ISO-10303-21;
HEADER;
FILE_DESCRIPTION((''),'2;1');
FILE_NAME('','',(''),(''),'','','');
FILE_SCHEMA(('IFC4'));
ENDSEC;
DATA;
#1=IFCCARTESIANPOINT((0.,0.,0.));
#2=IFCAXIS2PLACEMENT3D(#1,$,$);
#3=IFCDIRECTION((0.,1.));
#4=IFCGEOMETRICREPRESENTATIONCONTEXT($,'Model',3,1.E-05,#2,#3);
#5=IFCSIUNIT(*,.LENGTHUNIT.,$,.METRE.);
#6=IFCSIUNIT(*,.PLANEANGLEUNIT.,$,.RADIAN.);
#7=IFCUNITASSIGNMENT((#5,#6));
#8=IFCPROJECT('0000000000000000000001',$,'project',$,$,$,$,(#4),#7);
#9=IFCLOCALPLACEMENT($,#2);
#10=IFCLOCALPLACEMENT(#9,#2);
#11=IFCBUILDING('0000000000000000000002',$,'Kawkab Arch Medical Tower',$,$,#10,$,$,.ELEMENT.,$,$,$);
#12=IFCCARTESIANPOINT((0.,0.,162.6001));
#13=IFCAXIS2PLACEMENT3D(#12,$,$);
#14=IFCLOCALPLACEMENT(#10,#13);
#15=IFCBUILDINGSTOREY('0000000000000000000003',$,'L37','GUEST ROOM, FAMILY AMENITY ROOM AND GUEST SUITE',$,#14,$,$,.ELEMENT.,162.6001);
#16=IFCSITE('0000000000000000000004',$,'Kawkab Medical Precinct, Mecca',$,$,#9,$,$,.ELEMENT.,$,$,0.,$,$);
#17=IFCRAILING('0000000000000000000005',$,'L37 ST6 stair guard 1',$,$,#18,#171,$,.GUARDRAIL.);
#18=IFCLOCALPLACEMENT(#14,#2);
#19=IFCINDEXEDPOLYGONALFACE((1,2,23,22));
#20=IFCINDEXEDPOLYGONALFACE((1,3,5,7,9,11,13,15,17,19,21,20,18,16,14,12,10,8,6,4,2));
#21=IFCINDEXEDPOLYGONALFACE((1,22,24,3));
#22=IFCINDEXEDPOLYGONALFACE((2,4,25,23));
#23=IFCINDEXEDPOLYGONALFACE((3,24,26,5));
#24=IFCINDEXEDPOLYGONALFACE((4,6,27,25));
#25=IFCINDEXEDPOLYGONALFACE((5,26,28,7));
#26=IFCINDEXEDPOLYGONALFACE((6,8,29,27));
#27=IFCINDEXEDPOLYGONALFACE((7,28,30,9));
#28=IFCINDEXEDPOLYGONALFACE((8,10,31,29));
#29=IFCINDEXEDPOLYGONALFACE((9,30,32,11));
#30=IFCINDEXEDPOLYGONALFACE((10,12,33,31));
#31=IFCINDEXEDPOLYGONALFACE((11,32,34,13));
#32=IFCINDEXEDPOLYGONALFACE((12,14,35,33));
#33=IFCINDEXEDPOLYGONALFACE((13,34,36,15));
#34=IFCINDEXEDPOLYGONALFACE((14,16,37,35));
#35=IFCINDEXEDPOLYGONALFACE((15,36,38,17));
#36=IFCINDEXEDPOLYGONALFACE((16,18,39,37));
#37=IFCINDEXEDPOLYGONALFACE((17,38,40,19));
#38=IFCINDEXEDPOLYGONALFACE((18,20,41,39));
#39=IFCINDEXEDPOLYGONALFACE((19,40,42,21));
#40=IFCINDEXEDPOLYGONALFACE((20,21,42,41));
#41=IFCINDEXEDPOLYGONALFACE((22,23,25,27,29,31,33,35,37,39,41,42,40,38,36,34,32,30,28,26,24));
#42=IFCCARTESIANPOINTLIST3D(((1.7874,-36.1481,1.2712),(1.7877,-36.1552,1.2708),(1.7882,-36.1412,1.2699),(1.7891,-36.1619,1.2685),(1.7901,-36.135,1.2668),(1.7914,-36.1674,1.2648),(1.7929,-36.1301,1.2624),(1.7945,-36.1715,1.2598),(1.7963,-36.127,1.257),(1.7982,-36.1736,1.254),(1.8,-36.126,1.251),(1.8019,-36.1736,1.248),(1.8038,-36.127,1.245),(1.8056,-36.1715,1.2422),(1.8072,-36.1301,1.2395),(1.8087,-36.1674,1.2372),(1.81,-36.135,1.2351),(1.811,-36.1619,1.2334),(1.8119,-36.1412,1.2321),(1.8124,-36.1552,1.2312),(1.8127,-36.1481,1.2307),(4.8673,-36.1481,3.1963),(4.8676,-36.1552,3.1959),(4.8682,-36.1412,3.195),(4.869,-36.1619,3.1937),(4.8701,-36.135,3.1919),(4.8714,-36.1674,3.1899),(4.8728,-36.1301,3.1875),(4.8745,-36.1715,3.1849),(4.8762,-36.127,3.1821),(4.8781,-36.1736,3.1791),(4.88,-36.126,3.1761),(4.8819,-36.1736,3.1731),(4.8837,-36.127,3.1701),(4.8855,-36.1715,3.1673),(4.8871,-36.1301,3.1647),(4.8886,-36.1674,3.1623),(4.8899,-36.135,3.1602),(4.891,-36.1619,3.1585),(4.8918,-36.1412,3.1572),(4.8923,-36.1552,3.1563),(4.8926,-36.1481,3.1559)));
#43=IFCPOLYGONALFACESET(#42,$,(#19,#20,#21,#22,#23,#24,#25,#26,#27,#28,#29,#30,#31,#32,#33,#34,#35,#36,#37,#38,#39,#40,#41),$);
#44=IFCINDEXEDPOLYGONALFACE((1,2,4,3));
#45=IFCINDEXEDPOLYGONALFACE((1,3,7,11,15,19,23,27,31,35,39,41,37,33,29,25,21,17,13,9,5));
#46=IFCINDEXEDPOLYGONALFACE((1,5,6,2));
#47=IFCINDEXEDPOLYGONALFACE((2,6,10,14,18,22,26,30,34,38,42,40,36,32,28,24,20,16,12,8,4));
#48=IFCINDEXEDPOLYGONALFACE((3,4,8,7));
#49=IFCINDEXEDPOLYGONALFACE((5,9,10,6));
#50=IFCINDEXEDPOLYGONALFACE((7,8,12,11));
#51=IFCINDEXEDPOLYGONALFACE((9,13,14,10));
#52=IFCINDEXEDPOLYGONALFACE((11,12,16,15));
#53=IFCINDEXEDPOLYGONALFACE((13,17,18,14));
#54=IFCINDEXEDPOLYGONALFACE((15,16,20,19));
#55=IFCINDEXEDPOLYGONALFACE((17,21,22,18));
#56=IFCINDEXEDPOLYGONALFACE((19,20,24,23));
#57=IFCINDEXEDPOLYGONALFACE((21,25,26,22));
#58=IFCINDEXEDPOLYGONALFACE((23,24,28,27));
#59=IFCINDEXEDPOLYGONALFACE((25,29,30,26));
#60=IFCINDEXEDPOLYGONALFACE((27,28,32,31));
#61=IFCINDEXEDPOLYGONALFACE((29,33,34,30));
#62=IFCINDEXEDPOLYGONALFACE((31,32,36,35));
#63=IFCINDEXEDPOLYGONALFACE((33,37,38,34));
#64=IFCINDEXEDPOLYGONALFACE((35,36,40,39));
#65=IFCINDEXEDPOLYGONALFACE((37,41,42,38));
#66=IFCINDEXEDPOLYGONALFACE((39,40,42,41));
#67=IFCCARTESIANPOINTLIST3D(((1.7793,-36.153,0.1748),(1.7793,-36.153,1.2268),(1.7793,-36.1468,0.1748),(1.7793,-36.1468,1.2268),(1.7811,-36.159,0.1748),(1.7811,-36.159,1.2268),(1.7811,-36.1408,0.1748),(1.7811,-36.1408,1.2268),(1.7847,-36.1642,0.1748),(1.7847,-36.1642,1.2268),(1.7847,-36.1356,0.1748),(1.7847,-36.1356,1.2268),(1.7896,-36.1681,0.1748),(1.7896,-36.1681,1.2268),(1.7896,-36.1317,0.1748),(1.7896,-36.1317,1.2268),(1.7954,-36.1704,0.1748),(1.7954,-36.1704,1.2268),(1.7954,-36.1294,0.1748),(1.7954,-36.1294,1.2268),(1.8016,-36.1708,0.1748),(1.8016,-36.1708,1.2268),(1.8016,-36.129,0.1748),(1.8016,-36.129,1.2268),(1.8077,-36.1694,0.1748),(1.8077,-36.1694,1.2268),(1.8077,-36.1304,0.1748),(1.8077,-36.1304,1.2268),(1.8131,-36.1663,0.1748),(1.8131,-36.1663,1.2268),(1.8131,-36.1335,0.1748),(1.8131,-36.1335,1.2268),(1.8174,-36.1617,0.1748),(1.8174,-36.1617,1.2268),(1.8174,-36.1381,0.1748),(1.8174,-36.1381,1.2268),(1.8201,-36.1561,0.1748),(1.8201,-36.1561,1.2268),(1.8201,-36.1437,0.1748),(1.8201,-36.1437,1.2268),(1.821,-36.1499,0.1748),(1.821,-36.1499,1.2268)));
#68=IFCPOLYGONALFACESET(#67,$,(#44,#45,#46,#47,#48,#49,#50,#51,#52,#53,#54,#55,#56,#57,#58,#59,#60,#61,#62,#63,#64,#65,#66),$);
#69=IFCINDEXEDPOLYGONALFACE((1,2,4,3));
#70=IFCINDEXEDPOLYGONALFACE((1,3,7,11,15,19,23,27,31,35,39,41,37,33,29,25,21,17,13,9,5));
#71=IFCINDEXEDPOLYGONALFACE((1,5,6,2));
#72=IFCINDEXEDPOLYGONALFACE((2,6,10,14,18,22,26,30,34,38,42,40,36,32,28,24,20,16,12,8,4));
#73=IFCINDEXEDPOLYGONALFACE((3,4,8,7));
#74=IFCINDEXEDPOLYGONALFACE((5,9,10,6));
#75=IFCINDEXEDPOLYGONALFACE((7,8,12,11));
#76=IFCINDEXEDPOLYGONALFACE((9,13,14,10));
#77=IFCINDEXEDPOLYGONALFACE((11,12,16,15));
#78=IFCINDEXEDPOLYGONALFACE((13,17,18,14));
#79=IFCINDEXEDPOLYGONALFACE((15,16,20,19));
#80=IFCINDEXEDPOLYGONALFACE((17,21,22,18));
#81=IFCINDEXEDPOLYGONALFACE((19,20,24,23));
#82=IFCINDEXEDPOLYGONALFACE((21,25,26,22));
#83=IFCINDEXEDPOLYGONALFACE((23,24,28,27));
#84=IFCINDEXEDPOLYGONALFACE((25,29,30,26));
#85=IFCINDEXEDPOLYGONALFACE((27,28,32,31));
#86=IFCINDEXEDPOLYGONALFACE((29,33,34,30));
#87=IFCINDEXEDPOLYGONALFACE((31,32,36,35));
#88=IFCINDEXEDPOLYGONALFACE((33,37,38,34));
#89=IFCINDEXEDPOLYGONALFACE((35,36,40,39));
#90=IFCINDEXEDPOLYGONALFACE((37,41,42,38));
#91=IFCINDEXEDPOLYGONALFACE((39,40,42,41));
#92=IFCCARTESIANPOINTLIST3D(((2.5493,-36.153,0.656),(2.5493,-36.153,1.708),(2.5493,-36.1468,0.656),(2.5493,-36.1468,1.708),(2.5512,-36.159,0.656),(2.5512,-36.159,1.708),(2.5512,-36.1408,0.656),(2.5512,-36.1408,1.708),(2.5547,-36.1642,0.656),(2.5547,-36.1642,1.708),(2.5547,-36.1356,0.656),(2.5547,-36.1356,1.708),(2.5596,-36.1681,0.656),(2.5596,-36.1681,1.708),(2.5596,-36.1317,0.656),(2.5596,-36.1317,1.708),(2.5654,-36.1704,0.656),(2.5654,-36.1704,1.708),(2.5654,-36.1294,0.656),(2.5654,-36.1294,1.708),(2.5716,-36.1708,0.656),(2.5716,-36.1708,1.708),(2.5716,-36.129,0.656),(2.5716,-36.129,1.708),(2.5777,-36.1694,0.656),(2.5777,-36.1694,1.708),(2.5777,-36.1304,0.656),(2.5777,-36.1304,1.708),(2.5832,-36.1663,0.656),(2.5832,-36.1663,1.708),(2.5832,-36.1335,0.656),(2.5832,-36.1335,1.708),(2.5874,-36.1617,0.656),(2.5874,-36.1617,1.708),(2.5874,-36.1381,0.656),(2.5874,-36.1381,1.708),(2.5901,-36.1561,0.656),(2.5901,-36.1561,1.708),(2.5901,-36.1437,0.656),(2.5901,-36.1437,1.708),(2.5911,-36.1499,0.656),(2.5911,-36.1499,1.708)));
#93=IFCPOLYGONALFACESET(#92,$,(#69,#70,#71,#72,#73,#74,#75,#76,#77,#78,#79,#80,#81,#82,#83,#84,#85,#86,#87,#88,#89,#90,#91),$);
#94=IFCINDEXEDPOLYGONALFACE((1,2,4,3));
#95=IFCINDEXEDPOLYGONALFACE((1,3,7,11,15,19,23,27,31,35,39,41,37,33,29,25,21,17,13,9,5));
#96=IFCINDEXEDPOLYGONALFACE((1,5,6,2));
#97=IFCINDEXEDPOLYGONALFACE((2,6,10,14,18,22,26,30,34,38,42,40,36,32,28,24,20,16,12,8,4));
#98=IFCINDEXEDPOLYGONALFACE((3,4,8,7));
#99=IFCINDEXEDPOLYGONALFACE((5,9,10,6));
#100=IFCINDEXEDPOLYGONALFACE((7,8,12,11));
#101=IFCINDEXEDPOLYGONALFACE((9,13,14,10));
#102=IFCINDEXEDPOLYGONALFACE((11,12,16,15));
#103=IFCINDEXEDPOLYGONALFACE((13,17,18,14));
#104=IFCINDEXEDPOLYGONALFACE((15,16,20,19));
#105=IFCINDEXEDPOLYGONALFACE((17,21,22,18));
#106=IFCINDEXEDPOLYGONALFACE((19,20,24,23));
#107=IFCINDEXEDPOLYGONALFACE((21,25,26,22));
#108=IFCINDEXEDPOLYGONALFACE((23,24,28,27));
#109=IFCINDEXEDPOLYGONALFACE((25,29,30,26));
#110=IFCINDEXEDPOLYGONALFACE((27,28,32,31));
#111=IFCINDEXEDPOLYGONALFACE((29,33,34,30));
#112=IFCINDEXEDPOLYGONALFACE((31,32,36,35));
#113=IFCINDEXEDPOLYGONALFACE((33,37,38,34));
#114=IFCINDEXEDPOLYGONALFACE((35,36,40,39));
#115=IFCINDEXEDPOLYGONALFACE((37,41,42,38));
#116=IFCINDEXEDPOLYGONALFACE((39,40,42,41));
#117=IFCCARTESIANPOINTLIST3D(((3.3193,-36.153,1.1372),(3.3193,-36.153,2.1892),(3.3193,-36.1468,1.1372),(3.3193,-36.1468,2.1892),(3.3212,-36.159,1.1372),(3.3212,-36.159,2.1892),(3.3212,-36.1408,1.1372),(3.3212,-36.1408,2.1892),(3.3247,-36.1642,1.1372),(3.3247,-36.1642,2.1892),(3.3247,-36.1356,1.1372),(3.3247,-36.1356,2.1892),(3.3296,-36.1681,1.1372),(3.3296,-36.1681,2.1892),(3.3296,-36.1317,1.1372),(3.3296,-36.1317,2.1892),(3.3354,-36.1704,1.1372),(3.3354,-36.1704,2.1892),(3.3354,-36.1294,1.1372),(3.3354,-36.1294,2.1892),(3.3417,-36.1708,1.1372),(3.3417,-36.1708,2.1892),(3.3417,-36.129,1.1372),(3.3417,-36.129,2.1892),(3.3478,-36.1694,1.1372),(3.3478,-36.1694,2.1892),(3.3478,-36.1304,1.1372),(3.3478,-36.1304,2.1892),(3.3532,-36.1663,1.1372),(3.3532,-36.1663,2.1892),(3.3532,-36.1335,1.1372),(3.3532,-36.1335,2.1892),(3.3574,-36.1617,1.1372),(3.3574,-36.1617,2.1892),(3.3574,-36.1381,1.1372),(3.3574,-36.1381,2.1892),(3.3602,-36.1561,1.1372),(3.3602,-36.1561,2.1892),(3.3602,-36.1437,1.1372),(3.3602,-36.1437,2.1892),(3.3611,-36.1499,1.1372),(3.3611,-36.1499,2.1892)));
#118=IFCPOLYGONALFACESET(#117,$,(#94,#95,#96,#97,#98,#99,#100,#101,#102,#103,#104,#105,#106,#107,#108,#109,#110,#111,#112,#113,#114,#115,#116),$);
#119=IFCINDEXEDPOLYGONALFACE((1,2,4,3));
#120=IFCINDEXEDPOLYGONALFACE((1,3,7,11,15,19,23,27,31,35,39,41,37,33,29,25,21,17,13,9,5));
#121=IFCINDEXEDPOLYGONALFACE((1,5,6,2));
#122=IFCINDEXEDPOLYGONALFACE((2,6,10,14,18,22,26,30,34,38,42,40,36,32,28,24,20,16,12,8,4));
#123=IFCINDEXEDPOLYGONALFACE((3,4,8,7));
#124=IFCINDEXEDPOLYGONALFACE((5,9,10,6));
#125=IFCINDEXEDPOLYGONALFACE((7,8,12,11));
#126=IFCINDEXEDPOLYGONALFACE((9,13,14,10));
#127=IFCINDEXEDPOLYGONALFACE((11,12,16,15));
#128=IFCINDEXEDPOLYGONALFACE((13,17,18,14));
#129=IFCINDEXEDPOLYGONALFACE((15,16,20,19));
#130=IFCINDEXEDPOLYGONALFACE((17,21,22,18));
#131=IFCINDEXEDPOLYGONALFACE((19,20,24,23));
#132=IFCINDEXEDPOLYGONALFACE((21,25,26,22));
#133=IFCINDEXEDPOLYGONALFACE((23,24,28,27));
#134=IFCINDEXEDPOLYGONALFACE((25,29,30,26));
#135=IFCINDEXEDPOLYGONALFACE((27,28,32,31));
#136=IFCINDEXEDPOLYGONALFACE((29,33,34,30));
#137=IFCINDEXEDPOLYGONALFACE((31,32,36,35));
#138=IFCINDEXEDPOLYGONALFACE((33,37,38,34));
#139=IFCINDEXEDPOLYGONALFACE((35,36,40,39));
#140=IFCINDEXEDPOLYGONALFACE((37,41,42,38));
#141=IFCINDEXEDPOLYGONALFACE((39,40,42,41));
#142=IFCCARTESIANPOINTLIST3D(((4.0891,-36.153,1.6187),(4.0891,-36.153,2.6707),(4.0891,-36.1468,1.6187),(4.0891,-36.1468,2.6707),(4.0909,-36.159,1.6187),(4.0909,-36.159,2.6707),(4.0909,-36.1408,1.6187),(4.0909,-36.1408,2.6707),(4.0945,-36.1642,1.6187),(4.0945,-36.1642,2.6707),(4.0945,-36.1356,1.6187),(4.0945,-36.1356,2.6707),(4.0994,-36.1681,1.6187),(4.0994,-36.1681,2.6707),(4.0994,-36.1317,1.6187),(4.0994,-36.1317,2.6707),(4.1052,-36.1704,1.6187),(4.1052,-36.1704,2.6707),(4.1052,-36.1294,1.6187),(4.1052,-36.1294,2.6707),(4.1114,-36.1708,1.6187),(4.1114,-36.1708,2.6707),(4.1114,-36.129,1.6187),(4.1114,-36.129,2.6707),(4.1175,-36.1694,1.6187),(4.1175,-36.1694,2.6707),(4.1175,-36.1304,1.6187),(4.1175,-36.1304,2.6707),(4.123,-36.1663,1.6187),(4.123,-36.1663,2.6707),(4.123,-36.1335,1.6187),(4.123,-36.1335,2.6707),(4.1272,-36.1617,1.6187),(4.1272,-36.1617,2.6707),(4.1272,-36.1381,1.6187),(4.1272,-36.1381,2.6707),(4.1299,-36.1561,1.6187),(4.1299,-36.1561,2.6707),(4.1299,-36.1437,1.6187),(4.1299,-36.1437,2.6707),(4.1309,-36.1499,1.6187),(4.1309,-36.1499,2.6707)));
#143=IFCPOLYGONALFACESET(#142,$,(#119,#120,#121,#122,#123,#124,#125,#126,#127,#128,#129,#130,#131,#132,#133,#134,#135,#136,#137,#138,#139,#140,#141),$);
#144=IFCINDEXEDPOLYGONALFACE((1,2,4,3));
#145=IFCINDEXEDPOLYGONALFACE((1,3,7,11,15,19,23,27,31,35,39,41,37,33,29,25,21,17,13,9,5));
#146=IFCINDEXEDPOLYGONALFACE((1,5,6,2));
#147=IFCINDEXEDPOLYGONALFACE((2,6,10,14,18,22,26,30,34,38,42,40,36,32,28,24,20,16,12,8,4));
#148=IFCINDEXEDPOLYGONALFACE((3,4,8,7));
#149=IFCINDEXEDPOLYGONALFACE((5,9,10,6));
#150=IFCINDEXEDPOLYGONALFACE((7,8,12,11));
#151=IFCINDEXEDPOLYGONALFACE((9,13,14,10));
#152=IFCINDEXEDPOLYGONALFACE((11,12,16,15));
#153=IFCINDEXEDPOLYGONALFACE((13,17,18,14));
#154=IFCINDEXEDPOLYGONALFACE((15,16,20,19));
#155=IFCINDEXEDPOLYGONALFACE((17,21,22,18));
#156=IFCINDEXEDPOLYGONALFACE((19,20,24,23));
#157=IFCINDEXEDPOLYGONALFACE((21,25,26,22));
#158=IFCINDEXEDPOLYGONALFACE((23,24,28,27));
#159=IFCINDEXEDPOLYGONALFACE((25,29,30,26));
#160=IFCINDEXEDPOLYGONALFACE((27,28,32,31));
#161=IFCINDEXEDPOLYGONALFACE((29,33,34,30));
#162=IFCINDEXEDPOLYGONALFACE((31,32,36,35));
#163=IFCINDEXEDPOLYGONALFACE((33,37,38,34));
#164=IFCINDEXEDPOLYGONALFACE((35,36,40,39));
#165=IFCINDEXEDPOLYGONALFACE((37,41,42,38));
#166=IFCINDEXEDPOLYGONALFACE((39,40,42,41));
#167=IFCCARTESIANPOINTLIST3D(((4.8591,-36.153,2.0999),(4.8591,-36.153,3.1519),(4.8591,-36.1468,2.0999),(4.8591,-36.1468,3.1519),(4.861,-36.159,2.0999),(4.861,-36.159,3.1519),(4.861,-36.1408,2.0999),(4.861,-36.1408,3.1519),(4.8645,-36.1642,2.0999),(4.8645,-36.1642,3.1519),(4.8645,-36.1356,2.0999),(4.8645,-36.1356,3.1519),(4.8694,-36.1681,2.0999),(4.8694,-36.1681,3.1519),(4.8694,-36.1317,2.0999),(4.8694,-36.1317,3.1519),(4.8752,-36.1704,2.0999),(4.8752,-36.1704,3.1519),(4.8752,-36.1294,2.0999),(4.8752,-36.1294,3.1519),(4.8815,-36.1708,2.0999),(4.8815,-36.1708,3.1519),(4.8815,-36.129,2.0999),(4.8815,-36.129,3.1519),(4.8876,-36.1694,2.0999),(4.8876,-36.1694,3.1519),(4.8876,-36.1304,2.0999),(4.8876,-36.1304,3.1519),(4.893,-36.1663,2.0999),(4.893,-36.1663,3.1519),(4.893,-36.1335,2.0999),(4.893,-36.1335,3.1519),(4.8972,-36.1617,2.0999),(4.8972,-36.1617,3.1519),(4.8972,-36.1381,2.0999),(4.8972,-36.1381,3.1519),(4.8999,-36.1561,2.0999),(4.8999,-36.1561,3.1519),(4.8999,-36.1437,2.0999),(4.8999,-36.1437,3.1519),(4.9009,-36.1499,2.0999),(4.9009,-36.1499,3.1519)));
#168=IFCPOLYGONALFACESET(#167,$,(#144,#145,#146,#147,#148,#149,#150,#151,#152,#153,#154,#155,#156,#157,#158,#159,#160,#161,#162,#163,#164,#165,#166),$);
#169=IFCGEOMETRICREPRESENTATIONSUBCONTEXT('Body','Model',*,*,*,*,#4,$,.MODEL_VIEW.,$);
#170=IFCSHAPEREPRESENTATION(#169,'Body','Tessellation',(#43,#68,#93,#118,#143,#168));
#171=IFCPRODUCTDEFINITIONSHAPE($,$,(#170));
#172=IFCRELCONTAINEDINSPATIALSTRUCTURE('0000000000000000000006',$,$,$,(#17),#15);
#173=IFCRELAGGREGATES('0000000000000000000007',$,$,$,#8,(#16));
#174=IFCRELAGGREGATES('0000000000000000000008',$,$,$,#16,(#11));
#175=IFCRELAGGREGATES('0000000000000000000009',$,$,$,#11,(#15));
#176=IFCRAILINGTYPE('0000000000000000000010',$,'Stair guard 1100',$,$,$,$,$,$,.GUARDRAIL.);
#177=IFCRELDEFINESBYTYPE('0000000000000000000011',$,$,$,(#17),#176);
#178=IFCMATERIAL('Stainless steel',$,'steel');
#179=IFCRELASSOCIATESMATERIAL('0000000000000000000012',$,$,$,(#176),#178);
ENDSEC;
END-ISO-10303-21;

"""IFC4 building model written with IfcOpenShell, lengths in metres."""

from ifc_helpers import new_model, si_unit, direction, frame, origin, origin_2d, place, context, subcontext, project, spatial, circle, extrude, material, type_object, element, save


model = new_model("IFC4")

# Units and contexts
model_context = context("Model", 3, precision=1e-05, world=origin(), true_north=direction((0.0, 1.0)))
body_context = subcontext(model_context, "Body", "Model", "MODEL_VIEW")
ifc_project = project(units=[si_unit("LENGTHUNIT", "METRE"), si_unit("PLANEANGLEUNIT", "RADIAN")], contexts=[model_context])

# Site, building, storey
site_placement = place(None, origin())
site = spatial("IfcSite", under=ifc_project, at=site_placement, Name="Kawkab Medical Precinct, Mecca", CompositionType="ELEMENT", RefElevation=0.0)
building_placement = place(site_placement, origin())
building = spatial("IfcBuilding", under=site, at=building_placement, Name="Kawkab Arch Medical Tower", CompositionType="ELEMENT")
storey_placement = place(building_placement, frame((0.0, 0.0, 162.6001)))
storey = spatial("IfcBuildingStorey", under=building, at=storey_placement, Name="L37", Description="GUEST ROOM, FAMILY AMENITY ROOM AND GUEST SUITE", CompositionType="ELEMENT", Elevation=162.6001)

# Railing
ifc_material_1 = material(Name="Stainless steel", Category="steel")
railing_type = type_object("IfcRailingType", Name="Stair guard 1100", PredefinedType="GUARDRAIL", material=ifc_material_1)
railing_1_placement = place(storey_placement, frame((1.8, -36.1499, 0.1748)))
element("IfcRailing", 1, at=railing_1_placement, inside=storey, type_object=railing_type, Name="L37 ST6 stair guard 1", PredefinedType="GUARDRAIL", context=body_context, shape_type="SweptSolid", body=[
    extrude(circle(Radius=0.0239, at=origin_2d()), frame((0.0, 0.0, 1.0762), z_axis=(0.847979, 0.0, 0.530029), x_axis=(0.0, 1.0, 0.0)), (0.0, 0.0, 1.0), 3.6321),
    extrude(circle(Radius=0.021, at=origin_2d()), origin(), (0.0, 0.0, 1.0), 1.052),
    extrude(circle(Radius=0.021, at=origin_2d()), frame((0.77, 0.0, 0.4812)), (0.0, 0.0, 1.0), 1.052),
    extrude(circle(Radius=0.021, at=origin_2d()), frame((1.54, 0.0, 0.9624)), (0.0, 0.0, 1.0), 1.052),
    extrude(circle(Radius=0.021, at=origin_2d()), frame((2.3098, 0.0, 1.4438)), (0.0, 0.0, 1.0), 1.052),
    extrude(circle(Radius=0.021, at=origin_2d()), frame((3.0798, 0.0, 1.925)), (0.0, 0.0, 1.0), 1.052),
])

save(model, "model.ifc")
